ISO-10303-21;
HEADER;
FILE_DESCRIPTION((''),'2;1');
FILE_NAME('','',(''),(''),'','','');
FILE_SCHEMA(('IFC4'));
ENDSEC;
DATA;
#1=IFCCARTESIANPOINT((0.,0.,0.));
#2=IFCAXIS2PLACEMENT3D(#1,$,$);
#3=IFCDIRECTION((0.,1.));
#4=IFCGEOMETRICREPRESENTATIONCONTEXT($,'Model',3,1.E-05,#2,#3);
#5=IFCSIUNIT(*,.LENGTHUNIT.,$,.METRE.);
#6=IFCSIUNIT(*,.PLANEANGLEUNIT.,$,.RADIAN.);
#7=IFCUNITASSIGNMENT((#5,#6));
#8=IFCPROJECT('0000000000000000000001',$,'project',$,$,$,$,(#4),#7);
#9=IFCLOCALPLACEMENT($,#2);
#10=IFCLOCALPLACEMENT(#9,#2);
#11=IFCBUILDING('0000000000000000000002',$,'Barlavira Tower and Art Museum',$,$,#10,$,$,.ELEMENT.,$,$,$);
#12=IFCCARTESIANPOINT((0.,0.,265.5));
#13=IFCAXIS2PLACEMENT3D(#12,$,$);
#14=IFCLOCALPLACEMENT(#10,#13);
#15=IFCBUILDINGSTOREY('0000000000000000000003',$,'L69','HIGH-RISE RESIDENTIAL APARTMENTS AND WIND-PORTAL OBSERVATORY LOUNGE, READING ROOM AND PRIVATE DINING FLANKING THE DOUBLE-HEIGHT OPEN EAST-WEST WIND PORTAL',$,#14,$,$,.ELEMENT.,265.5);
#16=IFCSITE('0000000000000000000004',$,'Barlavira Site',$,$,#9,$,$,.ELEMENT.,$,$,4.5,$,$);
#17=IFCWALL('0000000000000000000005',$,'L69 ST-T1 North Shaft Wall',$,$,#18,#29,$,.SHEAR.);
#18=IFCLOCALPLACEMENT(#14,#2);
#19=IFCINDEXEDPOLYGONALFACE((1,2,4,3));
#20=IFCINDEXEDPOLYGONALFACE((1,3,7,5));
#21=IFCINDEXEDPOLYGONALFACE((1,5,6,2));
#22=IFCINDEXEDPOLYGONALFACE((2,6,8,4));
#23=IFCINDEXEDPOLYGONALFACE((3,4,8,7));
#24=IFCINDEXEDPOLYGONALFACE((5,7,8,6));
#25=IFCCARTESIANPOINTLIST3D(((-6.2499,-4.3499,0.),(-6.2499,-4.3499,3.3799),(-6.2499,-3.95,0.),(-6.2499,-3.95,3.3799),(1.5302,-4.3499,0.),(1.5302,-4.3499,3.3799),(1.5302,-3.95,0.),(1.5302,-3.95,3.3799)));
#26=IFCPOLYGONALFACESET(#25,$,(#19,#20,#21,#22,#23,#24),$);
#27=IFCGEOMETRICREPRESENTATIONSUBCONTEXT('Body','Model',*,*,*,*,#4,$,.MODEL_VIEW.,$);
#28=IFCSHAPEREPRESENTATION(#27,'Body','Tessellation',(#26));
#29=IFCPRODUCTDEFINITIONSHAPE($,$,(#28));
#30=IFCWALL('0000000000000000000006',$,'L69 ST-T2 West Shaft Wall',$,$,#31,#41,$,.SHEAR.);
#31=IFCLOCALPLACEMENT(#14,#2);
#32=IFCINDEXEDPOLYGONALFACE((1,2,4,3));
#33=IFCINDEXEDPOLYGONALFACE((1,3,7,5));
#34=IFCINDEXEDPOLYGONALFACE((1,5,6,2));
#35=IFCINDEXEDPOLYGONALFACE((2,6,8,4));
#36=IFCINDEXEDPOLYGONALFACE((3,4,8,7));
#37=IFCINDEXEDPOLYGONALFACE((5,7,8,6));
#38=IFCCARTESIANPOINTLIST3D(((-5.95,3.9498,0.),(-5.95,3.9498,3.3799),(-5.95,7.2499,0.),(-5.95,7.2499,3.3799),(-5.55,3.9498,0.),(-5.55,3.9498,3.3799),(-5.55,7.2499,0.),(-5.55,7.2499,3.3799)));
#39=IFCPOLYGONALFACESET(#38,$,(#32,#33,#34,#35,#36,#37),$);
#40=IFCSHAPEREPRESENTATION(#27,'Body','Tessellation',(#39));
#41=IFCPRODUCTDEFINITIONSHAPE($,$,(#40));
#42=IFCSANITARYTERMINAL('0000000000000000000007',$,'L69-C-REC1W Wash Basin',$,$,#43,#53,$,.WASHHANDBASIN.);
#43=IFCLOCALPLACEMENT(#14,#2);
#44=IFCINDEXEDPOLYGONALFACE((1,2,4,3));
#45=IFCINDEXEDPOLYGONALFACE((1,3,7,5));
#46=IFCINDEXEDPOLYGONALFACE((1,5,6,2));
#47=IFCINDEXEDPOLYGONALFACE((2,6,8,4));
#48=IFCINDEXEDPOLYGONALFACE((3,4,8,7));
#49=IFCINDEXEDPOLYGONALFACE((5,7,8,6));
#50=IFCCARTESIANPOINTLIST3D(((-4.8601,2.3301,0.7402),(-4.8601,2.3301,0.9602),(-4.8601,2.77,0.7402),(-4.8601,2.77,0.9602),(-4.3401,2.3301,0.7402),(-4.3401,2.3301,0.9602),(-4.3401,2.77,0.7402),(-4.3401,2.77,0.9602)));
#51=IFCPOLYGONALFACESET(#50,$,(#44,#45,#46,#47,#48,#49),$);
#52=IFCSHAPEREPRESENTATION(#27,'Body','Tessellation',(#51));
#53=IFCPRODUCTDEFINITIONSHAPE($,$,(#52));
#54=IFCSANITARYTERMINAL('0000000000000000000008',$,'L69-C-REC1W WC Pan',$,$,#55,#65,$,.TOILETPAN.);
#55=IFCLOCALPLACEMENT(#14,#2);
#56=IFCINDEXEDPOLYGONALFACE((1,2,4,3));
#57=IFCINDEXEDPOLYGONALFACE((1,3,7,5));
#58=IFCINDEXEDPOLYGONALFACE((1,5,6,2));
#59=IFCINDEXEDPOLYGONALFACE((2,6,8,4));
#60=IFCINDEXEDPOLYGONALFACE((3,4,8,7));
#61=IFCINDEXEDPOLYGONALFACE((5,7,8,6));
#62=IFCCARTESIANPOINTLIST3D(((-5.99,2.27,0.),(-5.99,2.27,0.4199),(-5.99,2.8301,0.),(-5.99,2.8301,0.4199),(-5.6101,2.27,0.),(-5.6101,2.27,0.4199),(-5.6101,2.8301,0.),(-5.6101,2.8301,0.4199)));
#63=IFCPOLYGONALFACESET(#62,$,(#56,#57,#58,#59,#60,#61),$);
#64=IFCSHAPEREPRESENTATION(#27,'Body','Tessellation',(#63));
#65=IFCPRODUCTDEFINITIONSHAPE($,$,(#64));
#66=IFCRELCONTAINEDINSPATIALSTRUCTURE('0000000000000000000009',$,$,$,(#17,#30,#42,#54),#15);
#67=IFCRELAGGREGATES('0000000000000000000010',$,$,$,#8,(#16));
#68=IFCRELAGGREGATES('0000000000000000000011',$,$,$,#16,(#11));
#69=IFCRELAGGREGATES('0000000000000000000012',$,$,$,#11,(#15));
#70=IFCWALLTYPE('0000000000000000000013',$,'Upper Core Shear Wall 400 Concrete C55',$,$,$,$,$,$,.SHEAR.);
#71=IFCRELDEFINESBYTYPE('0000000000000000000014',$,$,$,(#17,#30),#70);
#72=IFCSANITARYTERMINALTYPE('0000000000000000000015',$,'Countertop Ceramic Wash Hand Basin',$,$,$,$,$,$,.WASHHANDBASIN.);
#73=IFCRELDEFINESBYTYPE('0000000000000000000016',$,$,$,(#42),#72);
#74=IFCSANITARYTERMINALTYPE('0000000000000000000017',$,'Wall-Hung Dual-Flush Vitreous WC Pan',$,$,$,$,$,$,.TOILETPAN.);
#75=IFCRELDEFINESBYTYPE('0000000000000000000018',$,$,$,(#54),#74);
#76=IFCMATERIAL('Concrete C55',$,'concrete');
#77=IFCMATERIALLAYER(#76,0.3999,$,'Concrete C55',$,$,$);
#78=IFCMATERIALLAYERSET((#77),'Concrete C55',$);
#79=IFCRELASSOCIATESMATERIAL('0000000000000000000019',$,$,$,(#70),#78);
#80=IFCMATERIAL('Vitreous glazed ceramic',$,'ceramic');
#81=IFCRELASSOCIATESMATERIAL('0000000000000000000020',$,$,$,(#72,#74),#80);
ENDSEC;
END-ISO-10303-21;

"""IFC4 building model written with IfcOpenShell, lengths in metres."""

from ifc_helpers import new_model, si_unit, direction, frame, frame_2d, origin, origin_2d, place, context, subcontext, project, spatial, rectangle, extrude, material, layer, layer_set, type_object, element, save


model = new_model("IFC4")

# Units and contexts
model_context = context("Model", 3, precision=1e-05, world=origin(), true_north=direction((0.0, 1.0)))
body_context = subcontext(model_context, "Body", "Model", "MODEL_VIEW")
ifc_project = project(units=[si_unit("LENGTHUNIT", "METRE"), si_unit("PLANEANGLEUNIT", "RADIAN")], contexts=[model_context])

# Site, building, storey
site_placement = place(None, origin())
site = spatial("IfcSite", under=ifc_project, at=site_placement, Name="Barlavira Site", CompositionType="ELEMENT", RefElevation=4.5)
building_placement = place(site_placement, origin())
building = spatial("IfcBuilding", under=site, at=building_placement, Name="Barlavira Tower and Art Museum", CompositionType="ELEMENT")
storey_placement = place(building_placement, frame((0.0, 0.0, 265.5)))
storey = spatial("IfcBuildingStorey", under=building, at=storey_placement, Name="L69", Description="HIGH-RISE RESIDENTIAL APARTMENTS AND WIND-PORTAL OBSERVATORY LOUNGE, READING ROOM AND PRIVATE DINING FLANKING THE DOUBLE-HEIGHT OPEN EAST-WEST WIND PORTAL", CompositionType="ELEMENT", Elevation=265.5)

# Walls
ifc_material_1 = material(Name="Concrete C55", Category="concrete")
ifc_layer_1 = layer(ifc_material_1, 0.3999, Name="Concrete C55")
ifc_layer_set_1 = layer_set([ifc_layer_1], Name="Concrete C55")
wall_type_1 = type_object("IfcWallType", Name="Upper Core Shear Wall 400 Concrete C55", PredefinedType="SHEAR", material=ifc_layer_set_1)
wall_1_placement = place(storey_placement, frame((-6.25, -4.1499, 0.0), z_axis=(0.0, 0.0, 1.0), x_axis=(1.0, 0.0, 0.0)))
element("IfcWall", 1, at=wall_1_placement, inside=storey, type_object=wall_type_1, Name="L69 ST-T1 North Shaft Wall", PredefinedType="SHEAR", context=body_context, shape_type="SweptSolid", body=[
    extrude(rectangle(XDim=7.78, YDim=0.3999, at=frame_2d((3.8901, 0.0))), origin(), (0.0, 0.0, 1.0), 3.3799),
])
wall_2_placement = place(storey_placement, frame((-5.75, 3.95, 0.0), z_axis=(0.0, 0.0, 1.0), x_axis=(0.0, 1.0, 0.0)))
element("IfcWall", 2, at=wall_2_placement, inside=storey, type_object=wall_type_1, Name="L69 ST-T2 West Shaft Wall", PredefinedType="SHEAR", context=body_context, shape_type="SweptSolid", body=[
    extrude(rectangle(XDim=3.3, YDim=0.3999, at=frame_2d((1.6499, 0.0))), origin(), (0.0, 0.0, 1.0), 3.3799),
])

# Sanitary terminals
ifc_material_2 = material(Name="Vitreous glazed ceramic", Category="ceramic")
sanitary_terminal_type_1 = type_object("IfcSanitaryTerminalType", Name="Countertop Ceramic Wash Hand Basin", PredefinedType="WASHHANDBASIN", material=ifc_material_2)
sanitary_terminal_1_placement = place(storey_placement, frame((-4.6001, 2.55, 0.7402), z_axis=(0.0, 0.0, 1.0), x_axis=(1.0, 0.0, 0.0)))
element("IfcSanitaryTerminal", 3, at=sanitary_terminal_1_placement, inside=storey, type_object=sanitary_terminal_type_1, Name="L69-C-REC1W Wash Basin", PredefinedType="WASHHANDBASIN", context=body_context, shape_type="SweptSolid", body=[
    extrude(rectangle(XDim=0.52, YDim=0.4399, at=origin_2d()), origin(), (0.0, 0.0, 1.0), 0.22),
])
sanitary_terminal_type_2 = type_object("IfcSanitaryTerminalType", Name="Wall-Hung Dual-Flush Vitreous WC Pan", PredefinedType="TOILETPAN", material=ifc_material_2)
sanitary_terminal_2_placement = place(storey_placement, frame((-5.8, 2.55, 0.0), z_axis=(0.0, 0.0, 1.0), x_axis=(1.0, 0.0, 0.0)))
element("IfcSanitaryTerminal", 4, at=sanitary_terminal_2_placement, inside=storey, type_object=sanitary_terminal_type_2, Name="L69-C-REC1W WC Pan", PredefinedType="TOILETPAN", context=body_context, shape_type="SweptSolid", body=[
    extrude(rectangle(XDim=0.3799, YDim=0.5601, at=origin_2d()), origin(), (0.0, 0.0, 1.0), 0.4199),
])

save(model, "model.ifc")
